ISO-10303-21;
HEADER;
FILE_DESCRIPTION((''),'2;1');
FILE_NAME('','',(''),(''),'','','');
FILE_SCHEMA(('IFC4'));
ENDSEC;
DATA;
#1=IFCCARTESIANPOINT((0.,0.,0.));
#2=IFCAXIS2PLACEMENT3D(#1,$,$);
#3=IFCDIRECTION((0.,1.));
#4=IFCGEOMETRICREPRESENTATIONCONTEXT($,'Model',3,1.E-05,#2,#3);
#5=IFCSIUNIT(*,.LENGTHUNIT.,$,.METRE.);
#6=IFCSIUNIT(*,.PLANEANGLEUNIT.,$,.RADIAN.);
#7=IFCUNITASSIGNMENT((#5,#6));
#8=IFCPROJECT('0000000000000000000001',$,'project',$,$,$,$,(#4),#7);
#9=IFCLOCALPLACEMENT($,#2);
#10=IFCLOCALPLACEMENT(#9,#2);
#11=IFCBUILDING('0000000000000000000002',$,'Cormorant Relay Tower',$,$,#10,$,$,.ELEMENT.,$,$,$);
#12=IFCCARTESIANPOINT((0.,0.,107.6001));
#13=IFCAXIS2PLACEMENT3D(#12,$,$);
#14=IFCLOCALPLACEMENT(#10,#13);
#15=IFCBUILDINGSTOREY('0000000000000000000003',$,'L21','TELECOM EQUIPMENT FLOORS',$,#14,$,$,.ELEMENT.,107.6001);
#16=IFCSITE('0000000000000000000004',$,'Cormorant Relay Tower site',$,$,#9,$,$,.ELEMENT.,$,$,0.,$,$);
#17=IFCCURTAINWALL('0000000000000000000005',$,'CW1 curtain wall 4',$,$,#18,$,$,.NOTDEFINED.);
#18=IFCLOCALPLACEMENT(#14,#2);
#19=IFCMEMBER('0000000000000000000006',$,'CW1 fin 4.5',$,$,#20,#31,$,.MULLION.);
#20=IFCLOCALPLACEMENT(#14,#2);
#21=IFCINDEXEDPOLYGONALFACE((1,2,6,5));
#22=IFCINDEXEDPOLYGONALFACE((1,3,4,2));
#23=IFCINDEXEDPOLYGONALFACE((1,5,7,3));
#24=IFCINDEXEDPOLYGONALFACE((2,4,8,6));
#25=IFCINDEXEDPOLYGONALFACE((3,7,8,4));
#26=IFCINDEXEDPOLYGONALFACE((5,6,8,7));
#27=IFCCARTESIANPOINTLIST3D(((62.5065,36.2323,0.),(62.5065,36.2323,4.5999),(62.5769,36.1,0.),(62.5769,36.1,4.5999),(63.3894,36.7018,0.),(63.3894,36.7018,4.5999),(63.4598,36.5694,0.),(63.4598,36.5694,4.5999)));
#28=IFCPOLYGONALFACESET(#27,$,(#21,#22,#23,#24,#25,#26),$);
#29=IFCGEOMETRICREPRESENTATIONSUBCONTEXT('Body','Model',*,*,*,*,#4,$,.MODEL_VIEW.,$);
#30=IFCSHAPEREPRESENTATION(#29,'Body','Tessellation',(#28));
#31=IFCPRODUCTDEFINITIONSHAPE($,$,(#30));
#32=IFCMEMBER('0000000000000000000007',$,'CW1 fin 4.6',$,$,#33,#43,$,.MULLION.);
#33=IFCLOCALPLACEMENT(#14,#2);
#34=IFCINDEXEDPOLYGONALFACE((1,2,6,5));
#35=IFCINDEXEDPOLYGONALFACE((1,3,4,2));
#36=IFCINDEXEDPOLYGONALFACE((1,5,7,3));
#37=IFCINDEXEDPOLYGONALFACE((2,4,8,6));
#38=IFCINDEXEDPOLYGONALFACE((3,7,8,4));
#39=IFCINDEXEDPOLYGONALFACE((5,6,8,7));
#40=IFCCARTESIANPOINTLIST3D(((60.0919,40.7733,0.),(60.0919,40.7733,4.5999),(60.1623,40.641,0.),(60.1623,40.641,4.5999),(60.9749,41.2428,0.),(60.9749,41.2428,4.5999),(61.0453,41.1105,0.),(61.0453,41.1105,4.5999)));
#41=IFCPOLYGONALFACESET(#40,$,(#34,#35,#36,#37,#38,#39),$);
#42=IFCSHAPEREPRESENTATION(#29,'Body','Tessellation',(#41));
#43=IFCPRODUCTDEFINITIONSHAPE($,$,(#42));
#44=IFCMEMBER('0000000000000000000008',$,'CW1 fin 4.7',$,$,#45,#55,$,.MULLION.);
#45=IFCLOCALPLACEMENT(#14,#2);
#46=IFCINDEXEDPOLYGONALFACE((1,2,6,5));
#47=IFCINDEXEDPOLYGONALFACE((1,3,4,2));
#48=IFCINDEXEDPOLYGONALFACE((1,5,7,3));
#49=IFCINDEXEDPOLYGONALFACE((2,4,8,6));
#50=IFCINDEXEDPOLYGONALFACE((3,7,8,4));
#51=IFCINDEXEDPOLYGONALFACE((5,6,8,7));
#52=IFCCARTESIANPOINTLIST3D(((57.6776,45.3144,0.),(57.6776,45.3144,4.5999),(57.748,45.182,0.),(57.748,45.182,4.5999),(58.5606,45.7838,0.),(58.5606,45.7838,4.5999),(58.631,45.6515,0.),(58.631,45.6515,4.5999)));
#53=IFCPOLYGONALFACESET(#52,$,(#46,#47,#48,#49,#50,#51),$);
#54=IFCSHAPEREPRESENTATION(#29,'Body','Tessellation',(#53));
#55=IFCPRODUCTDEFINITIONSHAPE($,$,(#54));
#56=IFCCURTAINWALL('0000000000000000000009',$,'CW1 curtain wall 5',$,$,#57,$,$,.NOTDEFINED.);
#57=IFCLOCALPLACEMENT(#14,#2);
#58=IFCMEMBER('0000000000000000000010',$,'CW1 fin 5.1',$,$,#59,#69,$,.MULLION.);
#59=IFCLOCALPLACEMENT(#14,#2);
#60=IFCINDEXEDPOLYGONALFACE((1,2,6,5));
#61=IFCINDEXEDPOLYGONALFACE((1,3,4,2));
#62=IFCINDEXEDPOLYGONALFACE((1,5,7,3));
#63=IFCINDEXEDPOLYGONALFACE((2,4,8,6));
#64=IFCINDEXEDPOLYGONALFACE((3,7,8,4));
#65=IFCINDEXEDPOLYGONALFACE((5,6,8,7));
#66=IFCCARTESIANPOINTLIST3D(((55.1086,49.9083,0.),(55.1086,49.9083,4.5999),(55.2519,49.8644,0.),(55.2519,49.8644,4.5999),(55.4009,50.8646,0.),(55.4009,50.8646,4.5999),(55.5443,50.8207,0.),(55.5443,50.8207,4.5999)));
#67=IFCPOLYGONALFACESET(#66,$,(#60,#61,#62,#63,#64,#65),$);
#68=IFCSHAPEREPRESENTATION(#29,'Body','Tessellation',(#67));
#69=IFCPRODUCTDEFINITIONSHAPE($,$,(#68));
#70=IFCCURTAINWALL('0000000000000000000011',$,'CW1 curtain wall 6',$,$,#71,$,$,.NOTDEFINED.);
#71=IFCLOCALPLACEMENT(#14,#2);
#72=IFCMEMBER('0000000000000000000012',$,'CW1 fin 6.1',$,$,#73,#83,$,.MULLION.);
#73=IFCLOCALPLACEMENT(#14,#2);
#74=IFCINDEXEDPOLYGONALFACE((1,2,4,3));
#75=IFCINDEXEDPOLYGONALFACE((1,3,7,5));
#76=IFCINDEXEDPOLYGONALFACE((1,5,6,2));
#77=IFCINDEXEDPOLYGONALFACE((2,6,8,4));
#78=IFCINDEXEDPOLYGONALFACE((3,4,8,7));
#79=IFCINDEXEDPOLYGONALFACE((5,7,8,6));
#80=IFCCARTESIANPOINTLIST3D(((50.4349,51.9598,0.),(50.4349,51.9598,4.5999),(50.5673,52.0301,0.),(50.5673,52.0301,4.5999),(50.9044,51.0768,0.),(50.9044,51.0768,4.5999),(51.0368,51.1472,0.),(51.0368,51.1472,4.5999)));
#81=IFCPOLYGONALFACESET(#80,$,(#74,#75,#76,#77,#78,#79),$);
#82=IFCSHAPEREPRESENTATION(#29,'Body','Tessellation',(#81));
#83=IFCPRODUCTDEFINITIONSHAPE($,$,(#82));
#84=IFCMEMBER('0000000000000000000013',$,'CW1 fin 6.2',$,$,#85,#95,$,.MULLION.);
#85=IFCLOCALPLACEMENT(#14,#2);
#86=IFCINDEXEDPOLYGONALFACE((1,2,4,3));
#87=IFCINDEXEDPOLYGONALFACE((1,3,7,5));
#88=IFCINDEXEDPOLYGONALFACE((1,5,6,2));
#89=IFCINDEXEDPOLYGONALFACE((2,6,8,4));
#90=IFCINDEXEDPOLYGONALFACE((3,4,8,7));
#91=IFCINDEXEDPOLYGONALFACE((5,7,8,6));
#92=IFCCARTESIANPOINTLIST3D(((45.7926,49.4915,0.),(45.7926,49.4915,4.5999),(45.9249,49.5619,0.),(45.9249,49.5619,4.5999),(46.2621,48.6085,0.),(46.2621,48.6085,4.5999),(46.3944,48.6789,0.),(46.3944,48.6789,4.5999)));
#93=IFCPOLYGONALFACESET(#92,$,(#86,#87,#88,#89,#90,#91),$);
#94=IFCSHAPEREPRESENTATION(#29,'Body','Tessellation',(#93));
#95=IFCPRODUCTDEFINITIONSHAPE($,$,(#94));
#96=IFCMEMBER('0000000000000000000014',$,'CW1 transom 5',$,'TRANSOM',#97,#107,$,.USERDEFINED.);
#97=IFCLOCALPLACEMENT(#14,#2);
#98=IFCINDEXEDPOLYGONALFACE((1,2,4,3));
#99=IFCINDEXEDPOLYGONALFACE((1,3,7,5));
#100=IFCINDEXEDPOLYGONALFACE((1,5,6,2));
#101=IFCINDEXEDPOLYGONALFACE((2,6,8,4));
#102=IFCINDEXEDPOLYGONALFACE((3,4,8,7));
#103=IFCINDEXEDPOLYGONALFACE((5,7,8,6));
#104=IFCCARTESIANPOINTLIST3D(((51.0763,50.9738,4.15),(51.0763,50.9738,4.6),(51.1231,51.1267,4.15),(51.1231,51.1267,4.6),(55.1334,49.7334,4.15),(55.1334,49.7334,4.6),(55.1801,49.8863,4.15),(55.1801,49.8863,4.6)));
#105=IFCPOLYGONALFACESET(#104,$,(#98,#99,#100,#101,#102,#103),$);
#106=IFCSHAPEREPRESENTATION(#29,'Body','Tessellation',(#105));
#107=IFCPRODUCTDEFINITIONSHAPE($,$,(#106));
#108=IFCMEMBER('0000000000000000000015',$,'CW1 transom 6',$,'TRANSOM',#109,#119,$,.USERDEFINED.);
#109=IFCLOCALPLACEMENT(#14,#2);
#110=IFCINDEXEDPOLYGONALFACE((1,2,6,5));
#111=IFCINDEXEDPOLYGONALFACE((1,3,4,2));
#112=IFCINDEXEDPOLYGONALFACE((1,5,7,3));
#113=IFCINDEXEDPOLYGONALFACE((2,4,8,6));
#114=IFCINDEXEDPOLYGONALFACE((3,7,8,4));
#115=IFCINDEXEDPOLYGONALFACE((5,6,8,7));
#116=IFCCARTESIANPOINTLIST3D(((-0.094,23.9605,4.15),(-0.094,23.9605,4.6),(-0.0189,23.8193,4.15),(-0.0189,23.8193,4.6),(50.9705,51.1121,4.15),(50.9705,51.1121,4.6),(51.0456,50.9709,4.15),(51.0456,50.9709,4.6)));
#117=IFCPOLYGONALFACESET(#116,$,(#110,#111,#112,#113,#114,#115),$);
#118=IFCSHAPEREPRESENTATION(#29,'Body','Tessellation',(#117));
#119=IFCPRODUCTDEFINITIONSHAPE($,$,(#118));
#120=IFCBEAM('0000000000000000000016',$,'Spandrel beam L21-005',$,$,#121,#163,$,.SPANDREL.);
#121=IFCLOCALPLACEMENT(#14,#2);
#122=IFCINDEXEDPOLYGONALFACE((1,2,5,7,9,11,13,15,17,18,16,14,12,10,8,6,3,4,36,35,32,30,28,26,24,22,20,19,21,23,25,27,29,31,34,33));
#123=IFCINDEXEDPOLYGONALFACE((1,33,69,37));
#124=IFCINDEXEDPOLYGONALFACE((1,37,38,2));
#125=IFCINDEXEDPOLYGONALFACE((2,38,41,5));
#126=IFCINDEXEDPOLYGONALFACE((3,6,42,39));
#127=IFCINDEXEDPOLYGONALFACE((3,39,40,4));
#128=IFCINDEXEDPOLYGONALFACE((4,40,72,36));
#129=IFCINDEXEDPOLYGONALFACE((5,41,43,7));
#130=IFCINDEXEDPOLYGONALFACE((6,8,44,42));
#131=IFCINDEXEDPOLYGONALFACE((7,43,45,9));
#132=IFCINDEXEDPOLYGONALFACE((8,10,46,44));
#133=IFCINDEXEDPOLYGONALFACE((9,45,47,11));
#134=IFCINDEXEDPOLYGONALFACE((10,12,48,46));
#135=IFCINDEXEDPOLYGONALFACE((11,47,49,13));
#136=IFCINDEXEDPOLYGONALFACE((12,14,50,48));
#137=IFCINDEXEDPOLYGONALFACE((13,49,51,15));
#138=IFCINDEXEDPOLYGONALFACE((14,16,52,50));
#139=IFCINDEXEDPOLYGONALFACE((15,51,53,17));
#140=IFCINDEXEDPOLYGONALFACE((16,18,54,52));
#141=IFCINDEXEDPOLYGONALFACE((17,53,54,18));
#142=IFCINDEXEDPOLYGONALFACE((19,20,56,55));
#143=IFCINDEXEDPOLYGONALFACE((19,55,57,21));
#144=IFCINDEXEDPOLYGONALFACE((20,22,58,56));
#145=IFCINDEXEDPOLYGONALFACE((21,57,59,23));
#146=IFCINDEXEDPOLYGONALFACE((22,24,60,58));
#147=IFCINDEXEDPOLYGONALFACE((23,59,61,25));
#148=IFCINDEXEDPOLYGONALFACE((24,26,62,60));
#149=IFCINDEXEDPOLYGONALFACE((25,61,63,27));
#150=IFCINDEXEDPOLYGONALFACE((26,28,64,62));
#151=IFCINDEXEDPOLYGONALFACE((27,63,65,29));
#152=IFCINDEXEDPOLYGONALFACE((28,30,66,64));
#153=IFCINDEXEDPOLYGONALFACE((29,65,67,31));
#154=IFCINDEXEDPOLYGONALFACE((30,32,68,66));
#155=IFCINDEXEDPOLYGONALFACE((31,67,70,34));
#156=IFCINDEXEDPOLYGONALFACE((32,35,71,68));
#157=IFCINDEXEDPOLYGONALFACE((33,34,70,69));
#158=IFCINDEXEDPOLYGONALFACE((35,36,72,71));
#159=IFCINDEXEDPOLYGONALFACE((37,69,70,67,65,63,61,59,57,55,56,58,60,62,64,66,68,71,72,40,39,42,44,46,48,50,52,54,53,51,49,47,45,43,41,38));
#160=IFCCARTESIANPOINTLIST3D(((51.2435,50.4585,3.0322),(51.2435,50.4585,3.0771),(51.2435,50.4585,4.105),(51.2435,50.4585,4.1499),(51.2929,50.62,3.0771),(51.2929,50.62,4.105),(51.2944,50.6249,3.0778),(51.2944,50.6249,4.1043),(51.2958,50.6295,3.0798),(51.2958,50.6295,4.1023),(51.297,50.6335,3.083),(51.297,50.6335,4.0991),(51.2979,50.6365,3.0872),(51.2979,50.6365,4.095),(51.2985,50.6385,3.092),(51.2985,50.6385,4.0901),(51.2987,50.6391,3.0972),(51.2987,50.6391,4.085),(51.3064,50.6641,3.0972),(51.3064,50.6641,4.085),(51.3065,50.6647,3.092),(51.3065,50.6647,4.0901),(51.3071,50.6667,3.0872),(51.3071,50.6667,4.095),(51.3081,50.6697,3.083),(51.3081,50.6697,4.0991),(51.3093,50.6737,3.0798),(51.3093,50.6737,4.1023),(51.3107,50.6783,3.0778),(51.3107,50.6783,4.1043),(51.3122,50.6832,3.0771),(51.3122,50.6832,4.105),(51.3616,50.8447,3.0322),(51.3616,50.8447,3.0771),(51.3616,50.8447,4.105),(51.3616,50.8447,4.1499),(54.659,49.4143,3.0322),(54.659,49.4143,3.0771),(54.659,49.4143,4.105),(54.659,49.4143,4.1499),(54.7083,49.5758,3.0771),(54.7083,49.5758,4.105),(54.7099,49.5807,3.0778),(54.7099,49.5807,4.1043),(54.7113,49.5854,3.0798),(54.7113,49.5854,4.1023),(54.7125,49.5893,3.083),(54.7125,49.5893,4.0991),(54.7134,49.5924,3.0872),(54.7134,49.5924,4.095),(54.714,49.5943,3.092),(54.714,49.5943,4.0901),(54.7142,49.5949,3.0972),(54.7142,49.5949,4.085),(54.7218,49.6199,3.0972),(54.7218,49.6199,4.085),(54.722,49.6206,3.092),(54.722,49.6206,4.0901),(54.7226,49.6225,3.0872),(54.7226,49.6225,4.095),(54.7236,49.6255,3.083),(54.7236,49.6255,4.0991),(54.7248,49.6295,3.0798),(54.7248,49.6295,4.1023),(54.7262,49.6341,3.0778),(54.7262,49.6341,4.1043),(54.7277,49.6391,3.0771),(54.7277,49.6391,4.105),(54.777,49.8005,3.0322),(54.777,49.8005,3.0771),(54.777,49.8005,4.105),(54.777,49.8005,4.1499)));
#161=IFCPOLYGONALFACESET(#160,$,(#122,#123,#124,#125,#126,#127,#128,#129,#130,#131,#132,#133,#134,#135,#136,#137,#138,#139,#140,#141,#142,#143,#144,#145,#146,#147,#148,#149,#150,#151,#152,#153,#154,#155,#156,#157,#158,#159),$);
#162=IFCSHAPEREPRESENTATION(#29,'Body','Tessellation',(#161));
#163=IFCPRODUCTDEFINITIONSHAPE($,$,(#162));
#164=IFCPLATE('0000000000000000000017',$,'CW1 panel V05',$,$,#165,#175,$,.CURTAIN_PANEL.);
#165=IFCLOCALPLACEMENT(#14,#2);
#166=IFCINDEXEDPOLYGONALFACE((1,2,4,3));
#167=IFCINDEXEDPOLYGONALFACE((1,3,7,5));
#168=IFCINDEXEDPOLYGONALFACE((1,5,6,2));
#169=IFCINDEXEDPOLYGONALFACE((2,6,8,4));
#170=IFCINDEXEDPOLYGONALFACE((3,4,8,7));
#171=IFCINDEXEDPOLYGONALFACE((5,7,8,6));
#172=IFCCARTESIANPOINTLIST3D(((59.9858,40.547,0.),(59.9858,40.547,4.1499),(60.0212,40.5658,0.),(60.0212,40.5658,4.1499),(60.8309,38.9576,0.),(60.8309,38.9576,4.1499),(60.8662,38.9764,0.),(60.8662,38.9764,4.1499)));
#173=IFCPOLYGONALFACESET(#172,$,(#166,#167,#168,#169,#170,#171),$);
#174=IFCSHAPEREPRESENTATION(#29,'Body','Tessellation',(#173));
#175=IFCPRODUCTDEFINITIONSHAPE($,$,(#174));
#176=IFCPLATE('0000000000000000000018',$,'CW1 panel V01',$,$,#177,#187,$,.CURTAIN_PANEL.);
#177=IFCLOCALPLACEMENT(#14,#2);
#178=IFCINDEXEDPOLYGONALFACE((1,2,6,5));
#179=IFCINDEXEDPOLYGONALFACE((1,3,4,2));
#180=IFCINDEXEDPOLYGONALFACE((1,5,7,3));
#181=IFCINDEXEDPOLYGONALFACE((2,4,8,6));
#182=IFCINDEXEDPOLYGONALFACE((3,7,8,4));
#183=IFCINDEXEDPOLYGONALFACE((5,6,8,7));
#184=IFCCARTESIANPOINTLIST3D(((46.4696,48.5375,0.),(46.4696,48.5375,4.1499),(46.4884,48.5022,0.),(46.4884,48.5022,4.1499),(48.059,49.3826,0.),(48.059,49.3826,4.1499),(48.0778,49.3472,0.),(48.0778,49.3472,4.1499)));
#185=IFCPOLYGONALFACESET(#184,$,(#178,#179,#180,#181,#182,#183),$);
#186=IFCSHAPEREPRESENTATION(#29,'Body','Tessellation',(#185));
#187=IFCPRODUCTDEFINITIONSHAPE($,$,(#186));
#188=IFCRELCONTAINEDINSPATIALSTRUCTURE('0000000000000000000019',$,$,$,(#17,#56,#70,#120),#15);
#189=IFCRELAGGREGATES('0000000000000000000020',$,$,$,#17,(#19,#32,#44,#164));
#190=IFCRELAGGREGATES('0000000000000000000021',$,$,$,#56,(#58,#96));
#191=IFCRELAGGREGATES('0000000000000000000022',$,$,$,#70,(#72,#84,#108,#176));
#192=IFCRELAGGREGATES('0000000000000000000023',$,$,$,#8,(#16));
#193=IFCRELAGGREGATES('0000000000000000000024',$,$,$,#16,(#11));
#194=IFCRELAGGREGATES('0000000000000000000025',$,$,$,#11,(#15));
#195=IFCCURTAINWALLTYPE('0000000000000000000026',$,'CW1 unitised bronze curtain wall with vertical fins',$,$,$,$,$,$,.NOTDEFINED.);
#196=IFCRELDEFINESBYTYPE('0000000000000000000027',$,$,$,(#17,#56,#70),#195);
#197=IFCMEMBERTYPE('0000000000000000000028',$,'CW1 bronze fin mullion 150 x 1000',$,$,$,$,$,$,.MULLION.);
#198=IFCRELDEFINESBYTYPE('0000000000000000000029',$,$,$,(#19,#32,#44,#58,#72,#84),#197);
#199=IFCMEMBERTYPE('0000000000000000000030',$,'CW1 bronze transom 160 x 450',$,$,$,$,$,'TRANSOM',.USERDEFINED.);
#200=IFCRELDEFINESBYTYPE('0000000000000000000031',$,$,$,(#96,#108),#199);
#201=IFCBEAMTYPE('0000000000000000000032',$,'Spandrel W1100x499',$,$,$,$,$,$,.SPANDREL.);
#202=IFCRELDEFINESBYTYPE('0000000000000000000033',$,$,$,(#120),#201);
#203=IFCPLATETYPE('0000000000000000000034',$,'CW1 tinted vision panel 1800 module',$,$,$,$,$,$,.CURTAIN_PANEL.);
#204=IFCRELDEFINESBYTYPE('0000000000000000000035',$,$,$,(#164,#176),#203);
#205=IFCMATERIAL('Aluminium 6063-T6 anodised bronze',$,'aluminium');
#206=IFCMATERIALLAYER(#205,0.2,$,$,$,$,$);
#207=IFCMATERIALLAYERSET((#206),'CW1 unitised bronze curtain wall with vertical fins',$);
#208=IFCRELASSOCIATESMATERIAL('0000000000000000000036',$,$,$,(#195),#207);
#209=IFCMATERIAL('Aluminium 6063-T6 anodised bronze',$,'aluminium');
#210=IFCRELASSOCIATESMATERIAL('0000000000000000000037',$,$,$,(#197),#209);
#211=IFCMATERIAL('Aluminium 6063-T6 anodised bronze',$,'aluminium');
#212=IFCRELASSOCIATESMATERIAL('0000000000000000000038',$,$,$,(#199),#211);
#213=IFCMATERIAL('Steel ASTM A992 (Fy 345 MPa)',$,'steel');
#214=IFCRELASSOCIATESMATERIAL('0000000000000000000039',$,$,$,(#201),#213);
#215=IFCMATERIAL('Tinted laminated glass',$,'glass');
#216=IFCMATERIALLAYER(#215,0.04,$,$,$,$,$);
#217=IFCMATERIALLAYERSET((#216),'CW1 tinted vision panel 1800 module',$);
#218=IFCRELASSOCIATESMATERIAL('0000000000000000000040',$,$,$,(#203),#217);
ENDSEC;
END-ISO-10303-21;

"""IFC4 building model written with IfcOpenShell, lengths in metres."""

from ifc_helpers import new_model, si_unit, direction, frame, origin, origin_2d, place, context, subcontext, project, spatial, rectangle, i_section, extrude, material, layer, layer_set, material_profile, profile_set, type_object, element, aggregate, save


model = new_model("IFC4")

# Units and contexts
model_context = context("Model", 3, precision=1e-05, world=origin(), true_north=direction((0.0, 1.0)))
body_context = subcontext(model_context, "Body", "Model", "MODEL_VIEW")
ifc_project = project(units=[si_unit("LENGTHUNIT", "METRE"), si_unit("PLANEANGLEUNIT", "RADIAN")], contexts=[model_context])

# Site, building, storey
site_placement = place(None, origin())
site = spatial("IfcSite", under=ifc_project, at=site_placement, Name="Cormorant Relay Tower site", CompositionType="ELEMENT", RefElevation=0.0)
building_placement = place(site_placement, origin())
building = spatial("IfcBuilding", under=site, at=building_placement, Name="Cormorant Relay Tower", CompositionType="ELEMENT")
storey_placement = place(building_placement, frame((0.0, 0.0, 107.6001)))
storey = spatial("IfcBuildingStorey", under=building, at=storey_placement, Name="L21", Description="TELECOM EQUIPMENT FLOORS", CompositionType="ELEMENT", Elevation=107.6001)

# Curtain wall, members
ifc_material_1 = material(Name="Aluminium 6063-T6 anodised bronze", Category="aluminium")
ifc_layer_1 = layer(ifc_material_1, 0.2)
ifc_layer_set_1 = layer_set([ifc_layer_1], Name="CW1 unitised bronze curtain wall with vertical fins")
curtain_wall_type = type_object("IfcCurtainWallType", Name="CW1 unitised bronze curtain wall with vertical fins", PredefinedType="NOTDEFINED", material=ifc_layer_set_1)
curtain_wall_1_placement = place(storey_placement, origin())
curtain_wall_1 = element("IfcCurtainWall", 1, at=curtain_wall_1_placement, inside=storey, type_object=curtain_wall_type, Name="CW1 curtain wall 4", PredefinedType="NOTDEFINED")
ifc_material_2 = material(Name="Aluminium 6063-T6 anodised bronze", Category="aluminium")
ifc_material_profile_1 = material_profile(ifc_material_2, rectangle(XDim=0.1499, YDim=1.0, at=origin_2d()), Name="AL 150x1000")
ifc_profile_set_1 = profile_set([ifc_material_profile_1], Name="Aluminium 6063-T6 anodised bronze")
member_type_1 = type_object("IfcMemberType", Name="CW1 bronze fin mullion 150 x 1000", PredefinedType="MULLION", material=ifc_profile_set_1)
member_1_placement = place(storey_placement, frame((62.9832, 36.4009, 0.0), z_axis=(0.0, 0.0, 1.0), x_axis=(-0.469472, 0.882948, 0.0)))
member_1 = element("IfcMember", 2, at=member_1_placement, type_object=member_type_1, Name="CW1 fin 4.5", PredefinedType="MULLION", context=body_context, shape_type="SweptSolid", body=[
    extrude(rectangle(XDim=0.1499, YDim=1.0, at=origin_2d()), origin(), (0.0, 0.0, 1.0), 4.5999),
])
member_2_placement = place(storey_placement, frame((60.5686, 40.9419, 0.0), z_axis=(0.0, 0.0, 1.0), x_axis=(-0.469472, 0.882948, 0.0)))
member_2 = element("IfcMember", 3, at=member_2_placement, type_object=member_type_1, Name="CW1 fin 4.6", PredefinedType="MULLION", context=body_context, shape_type="SweptSolid", body=[
    extrude(rectangle(XDim=0.1499, YDim=1.0, at=origin_2d()), origin(), (0.0, 0.0, 1.0), 4.5999),
])
member_3_placement = place(storey_placement, frame((58.1543, 45.4829, 0.0), z_axis=(0.0, 0.0, 1.0), x_axis=(-0.469472, 0.882948, 0.0)))
member_3 = element("IfcMember", 4, at=member_3_placement, type_object=member_type_1, Name="CW1 fin 4.7", PredefinedType="MULLION", context=body_context, shape_type="SweptSolid", body=[
    extrude(rectangle(XDim=0.1499, YDim=1.0, at=origin_2d()), origin(), (0.0, 0.0, 1.0), 4.5999),
])

# Curtain wall, member
curtain_wall_2_placement = place(storey_placement, origin())
curtain_wall_2 = element("IfcCurtainWall", 5, at=curtain_wall_2_placement, inside=storey, type_object=curtain_wall_type, Name="CW1 curtain wall 5", PredefinedType="NOTDEFINED")
member_4_placement = place(storey_placement, frame((55.3264, 50.3645, 0.0), z_axis=(0.0, 0.0, 1.0), x_axis=(-0.956305, 0.292372, 0.0)))
member_4 = element("IfcMember", 6, at=member_4_placement, type_object=member_type_1, Name="CW1 fin 5.1", PredefinedType="MULLION", context=body_context, shape_type="SweptSolid", body=[
    extrude(rectangle(XDim=0.1499, YDim=1.0, at=origin_2d()), origin(), (0.0, 0.0, 1.0), 4.5999),
])

# Curtain wall, members
curtain_wall_3_placement = place(storey_placement, origin())
curtain_wall_3 = element("IfcCurtainWall", 7, at=curtain_wall_3_placement, inside=storey, type_object=curtain_wall_type, Name="CW1 curtain wall 6", PredefinedType="NOTDEFINED")
member_5_placement = place(storey_placement, frame((50.7358, 51.5535, 0.0), z_axis=(0.0, 0.0, 1.0), x_axis=(-0.882948, -0.469472, 0.0)))
member_5 = element("IfcMember", 8, at=member_5_placement, type_object=member_type_1, Name="CW1 fin 6.1", PredefinedType="MULLION", context=body_context, shape_type="SweptSolid", body=[
    extrude(rectangle(XDim=0.1499, YDim=1.0, at=origin_2d()), origin(), (0.0, 0.0, 1.0), 4.5999),
])
member_6_placement = place(storey_placement, frame((46.0935, 49.0852, 0.0), z_axis=(0.0, 0.0, 1.0), x_axis=(-0.882948, -0.469472, 0.0)))
member_6 = element("IfcMember", 9, at=member_6_placement, type_object=member_type_1, Name="CW1 fin 6.2", PredefinedType="MULLION", context=body_context, shape_type="SweptSolid", body=[
    extrude(rectangle(XDim=0.1499, YDim=1.0, at=origin_2d()), origin(), (0.0, 0.0, 1.0), 4.5999),
])

# Members
ifc_material_3 = material(Name="Aluminium 6063-T6 anodised bronze", Category="aluminium")
ifc_material_profile_2 = material_profile(ifc_material_3, rectangle(XDim=0.1599, YDim=0.45, at=origin_2d()), Name="AL 160x450")
ifc_profile_set_2 = profile_set([ifc_material_profile_2], Name="Aluminium 6063-T6 anodised bronze")
member_type_2 = type_object("IfcMemberType", Name="CW1 bronze transom 160 x 450", ElementType="TRANSOM", PredefinedType="USERDEFINED", material=ifc_profile_set_2)
member_7_placement = place(storey_placement, frame((55.1567, 49.8098, 4.375), z_axis=(-0.956299, 0.292391, 0.0), x_axis=(-0.292391, -0.956299, 0.0)))
member_7 = element("IfcMember", 10, at=member_7_placement, type_object=member_type_2, Name="CW1 transom 5", ObjectType="TRANSOM", PredefinedType="USERDEFINED", context=body_context, shape_type="SweptSolid", body=[
    extrude(rectangle(XDim=0.1599, YDim=0.45, at=origin_2d()), origin(), (0.0, 0.0, 1.0), 4.2424),
])
member_8_placement = place(storey_placement, frame((51.0081, 51.0415, 4.375), z_axis=(-0.882946, -0.469474, 0.0), x_axis=(0.469474, -0.882946, 0.0)))
member_8 = element("IfcMember", 11, at=member_8_placement, type_object=member_type_2, Name="CW1 transom 6", ObjectType="TRANSOM", PredefinedType="USERDEFINED", context=body_context, shape_type="SweptSolid", body=[
    extrude(rectangle(XDim=0.1599, YDim=0.45, at=origin_2d()), origin(), (0.0, 0.0, 1.0), 57.8342),
])

# Beam
ifc_material_4 = material(Name="Steel ASTM A992 (Fy 345 MPa)", Category="steel")
ifc_material_profile_3 = material_profile(ifc_material_4, i_section(OverallWidth=0.4038, OverallDepth=1.1177, WebThickness=0.0261, FlangeThickness=0.0449, FilletRadius=0.02, at=origin_2d()), Name="W1100x499")
ifc_profile_set_3 = profile_set([ifc_material_profile_3], Name="Steel ASTM A992 (Fy 345 MPa)")
beam_type = type_object("IfcBeamType", Name="Spandrel W1100x499", PredefinedType="SPANDREL", material=ifc_profile_set_3)
beam_placement = place(storey_placement, frame((54.718, 49.6074, 3.5911), z_axis=(-0.956308, 0.292361, 0.0), x_axis=(-0.292361, -0.956308, 0.0)))
element("IfcBeam", 12, at=beam_placement, inside=storey, type_object=beam_type, Name="Spandrel beam L21-005", PredefinedType="SPANDREL", context=body_context, shape_type="SweptSolid", body=[
    extrude(i_section(OverallWidth=0.4038, OverallDepth=1.1177, WebThickness=0.0261, FlangeThickness=0.0449, FilletRadius=0.02, at=origin_2d()), origin(), (0.0, 0.0, 1.0), 3.5715),
])

# Plates
ifc_material_5 = material(Name="Tinted laminated glass", Category="glass")
ifc_layer_2 = layer(ifc_material_5, 0.04)
ifc_layer_set_2 = layer_set([ifc_layer_2], Name="CW1 tinted vision panel 1800 module")
plate_type_1 = type_object("IfcPlateType", Name="CW1 tinted vision panel 1800 module", PredefinedType="CURTAIN_PANEL", material=ifc_layer_set_2)
plate_1_placement = place(storey_placement, frame((60.426, 39.7617, 0.0), z_axis=(0.0, 0.0, 1.0), x_axis=(-0.469472, 0.882948, 0.0)))
plate_1 = element("IfcPlate", 13, at=plate_1_placement, type_object=plate_type_1, Name="CW1 panel V05", PredefinedType="CURTAIN_PANEL", context=body_context, shape_type="SweptSolid", body=[
    extrude(rectangle(XDim=1.8, YDim=0.04, at=origin_2d()), origin(), (0.0, 0.0, 1.0), 4.1499),
])
plate_2_placement = place(storey_placement, frame((47.2737, 48.9424, 0.0), z_axis=(0.0, 0.0, 1.0), x_axis=(-0.882948, -0.469472, 0.0)))
plate_2 = element("IfcPlate", 14, at=plate_2_placement, type_object=plate_type_1, Name="CW1 panel V01", PredefinedType="CURTAIN_PANEL", context=body_context, shape_type="SweptSolid", body=[
    extrude(rectangle(XDim=1.8, YDim=0.04, at=origin_2d()), origin(), (0.0, 0.0, 1.0), 4.1499),
])

aggregate(curtain_wall_1, [member_1, member_2, member_3, plate_1])
aggregate(curtain_wall_2, [member_4, member_7])
aggregate(curtain_wall_3, [member_5, member_6, member_8, plate_2])

save(model, "model.ifc")
